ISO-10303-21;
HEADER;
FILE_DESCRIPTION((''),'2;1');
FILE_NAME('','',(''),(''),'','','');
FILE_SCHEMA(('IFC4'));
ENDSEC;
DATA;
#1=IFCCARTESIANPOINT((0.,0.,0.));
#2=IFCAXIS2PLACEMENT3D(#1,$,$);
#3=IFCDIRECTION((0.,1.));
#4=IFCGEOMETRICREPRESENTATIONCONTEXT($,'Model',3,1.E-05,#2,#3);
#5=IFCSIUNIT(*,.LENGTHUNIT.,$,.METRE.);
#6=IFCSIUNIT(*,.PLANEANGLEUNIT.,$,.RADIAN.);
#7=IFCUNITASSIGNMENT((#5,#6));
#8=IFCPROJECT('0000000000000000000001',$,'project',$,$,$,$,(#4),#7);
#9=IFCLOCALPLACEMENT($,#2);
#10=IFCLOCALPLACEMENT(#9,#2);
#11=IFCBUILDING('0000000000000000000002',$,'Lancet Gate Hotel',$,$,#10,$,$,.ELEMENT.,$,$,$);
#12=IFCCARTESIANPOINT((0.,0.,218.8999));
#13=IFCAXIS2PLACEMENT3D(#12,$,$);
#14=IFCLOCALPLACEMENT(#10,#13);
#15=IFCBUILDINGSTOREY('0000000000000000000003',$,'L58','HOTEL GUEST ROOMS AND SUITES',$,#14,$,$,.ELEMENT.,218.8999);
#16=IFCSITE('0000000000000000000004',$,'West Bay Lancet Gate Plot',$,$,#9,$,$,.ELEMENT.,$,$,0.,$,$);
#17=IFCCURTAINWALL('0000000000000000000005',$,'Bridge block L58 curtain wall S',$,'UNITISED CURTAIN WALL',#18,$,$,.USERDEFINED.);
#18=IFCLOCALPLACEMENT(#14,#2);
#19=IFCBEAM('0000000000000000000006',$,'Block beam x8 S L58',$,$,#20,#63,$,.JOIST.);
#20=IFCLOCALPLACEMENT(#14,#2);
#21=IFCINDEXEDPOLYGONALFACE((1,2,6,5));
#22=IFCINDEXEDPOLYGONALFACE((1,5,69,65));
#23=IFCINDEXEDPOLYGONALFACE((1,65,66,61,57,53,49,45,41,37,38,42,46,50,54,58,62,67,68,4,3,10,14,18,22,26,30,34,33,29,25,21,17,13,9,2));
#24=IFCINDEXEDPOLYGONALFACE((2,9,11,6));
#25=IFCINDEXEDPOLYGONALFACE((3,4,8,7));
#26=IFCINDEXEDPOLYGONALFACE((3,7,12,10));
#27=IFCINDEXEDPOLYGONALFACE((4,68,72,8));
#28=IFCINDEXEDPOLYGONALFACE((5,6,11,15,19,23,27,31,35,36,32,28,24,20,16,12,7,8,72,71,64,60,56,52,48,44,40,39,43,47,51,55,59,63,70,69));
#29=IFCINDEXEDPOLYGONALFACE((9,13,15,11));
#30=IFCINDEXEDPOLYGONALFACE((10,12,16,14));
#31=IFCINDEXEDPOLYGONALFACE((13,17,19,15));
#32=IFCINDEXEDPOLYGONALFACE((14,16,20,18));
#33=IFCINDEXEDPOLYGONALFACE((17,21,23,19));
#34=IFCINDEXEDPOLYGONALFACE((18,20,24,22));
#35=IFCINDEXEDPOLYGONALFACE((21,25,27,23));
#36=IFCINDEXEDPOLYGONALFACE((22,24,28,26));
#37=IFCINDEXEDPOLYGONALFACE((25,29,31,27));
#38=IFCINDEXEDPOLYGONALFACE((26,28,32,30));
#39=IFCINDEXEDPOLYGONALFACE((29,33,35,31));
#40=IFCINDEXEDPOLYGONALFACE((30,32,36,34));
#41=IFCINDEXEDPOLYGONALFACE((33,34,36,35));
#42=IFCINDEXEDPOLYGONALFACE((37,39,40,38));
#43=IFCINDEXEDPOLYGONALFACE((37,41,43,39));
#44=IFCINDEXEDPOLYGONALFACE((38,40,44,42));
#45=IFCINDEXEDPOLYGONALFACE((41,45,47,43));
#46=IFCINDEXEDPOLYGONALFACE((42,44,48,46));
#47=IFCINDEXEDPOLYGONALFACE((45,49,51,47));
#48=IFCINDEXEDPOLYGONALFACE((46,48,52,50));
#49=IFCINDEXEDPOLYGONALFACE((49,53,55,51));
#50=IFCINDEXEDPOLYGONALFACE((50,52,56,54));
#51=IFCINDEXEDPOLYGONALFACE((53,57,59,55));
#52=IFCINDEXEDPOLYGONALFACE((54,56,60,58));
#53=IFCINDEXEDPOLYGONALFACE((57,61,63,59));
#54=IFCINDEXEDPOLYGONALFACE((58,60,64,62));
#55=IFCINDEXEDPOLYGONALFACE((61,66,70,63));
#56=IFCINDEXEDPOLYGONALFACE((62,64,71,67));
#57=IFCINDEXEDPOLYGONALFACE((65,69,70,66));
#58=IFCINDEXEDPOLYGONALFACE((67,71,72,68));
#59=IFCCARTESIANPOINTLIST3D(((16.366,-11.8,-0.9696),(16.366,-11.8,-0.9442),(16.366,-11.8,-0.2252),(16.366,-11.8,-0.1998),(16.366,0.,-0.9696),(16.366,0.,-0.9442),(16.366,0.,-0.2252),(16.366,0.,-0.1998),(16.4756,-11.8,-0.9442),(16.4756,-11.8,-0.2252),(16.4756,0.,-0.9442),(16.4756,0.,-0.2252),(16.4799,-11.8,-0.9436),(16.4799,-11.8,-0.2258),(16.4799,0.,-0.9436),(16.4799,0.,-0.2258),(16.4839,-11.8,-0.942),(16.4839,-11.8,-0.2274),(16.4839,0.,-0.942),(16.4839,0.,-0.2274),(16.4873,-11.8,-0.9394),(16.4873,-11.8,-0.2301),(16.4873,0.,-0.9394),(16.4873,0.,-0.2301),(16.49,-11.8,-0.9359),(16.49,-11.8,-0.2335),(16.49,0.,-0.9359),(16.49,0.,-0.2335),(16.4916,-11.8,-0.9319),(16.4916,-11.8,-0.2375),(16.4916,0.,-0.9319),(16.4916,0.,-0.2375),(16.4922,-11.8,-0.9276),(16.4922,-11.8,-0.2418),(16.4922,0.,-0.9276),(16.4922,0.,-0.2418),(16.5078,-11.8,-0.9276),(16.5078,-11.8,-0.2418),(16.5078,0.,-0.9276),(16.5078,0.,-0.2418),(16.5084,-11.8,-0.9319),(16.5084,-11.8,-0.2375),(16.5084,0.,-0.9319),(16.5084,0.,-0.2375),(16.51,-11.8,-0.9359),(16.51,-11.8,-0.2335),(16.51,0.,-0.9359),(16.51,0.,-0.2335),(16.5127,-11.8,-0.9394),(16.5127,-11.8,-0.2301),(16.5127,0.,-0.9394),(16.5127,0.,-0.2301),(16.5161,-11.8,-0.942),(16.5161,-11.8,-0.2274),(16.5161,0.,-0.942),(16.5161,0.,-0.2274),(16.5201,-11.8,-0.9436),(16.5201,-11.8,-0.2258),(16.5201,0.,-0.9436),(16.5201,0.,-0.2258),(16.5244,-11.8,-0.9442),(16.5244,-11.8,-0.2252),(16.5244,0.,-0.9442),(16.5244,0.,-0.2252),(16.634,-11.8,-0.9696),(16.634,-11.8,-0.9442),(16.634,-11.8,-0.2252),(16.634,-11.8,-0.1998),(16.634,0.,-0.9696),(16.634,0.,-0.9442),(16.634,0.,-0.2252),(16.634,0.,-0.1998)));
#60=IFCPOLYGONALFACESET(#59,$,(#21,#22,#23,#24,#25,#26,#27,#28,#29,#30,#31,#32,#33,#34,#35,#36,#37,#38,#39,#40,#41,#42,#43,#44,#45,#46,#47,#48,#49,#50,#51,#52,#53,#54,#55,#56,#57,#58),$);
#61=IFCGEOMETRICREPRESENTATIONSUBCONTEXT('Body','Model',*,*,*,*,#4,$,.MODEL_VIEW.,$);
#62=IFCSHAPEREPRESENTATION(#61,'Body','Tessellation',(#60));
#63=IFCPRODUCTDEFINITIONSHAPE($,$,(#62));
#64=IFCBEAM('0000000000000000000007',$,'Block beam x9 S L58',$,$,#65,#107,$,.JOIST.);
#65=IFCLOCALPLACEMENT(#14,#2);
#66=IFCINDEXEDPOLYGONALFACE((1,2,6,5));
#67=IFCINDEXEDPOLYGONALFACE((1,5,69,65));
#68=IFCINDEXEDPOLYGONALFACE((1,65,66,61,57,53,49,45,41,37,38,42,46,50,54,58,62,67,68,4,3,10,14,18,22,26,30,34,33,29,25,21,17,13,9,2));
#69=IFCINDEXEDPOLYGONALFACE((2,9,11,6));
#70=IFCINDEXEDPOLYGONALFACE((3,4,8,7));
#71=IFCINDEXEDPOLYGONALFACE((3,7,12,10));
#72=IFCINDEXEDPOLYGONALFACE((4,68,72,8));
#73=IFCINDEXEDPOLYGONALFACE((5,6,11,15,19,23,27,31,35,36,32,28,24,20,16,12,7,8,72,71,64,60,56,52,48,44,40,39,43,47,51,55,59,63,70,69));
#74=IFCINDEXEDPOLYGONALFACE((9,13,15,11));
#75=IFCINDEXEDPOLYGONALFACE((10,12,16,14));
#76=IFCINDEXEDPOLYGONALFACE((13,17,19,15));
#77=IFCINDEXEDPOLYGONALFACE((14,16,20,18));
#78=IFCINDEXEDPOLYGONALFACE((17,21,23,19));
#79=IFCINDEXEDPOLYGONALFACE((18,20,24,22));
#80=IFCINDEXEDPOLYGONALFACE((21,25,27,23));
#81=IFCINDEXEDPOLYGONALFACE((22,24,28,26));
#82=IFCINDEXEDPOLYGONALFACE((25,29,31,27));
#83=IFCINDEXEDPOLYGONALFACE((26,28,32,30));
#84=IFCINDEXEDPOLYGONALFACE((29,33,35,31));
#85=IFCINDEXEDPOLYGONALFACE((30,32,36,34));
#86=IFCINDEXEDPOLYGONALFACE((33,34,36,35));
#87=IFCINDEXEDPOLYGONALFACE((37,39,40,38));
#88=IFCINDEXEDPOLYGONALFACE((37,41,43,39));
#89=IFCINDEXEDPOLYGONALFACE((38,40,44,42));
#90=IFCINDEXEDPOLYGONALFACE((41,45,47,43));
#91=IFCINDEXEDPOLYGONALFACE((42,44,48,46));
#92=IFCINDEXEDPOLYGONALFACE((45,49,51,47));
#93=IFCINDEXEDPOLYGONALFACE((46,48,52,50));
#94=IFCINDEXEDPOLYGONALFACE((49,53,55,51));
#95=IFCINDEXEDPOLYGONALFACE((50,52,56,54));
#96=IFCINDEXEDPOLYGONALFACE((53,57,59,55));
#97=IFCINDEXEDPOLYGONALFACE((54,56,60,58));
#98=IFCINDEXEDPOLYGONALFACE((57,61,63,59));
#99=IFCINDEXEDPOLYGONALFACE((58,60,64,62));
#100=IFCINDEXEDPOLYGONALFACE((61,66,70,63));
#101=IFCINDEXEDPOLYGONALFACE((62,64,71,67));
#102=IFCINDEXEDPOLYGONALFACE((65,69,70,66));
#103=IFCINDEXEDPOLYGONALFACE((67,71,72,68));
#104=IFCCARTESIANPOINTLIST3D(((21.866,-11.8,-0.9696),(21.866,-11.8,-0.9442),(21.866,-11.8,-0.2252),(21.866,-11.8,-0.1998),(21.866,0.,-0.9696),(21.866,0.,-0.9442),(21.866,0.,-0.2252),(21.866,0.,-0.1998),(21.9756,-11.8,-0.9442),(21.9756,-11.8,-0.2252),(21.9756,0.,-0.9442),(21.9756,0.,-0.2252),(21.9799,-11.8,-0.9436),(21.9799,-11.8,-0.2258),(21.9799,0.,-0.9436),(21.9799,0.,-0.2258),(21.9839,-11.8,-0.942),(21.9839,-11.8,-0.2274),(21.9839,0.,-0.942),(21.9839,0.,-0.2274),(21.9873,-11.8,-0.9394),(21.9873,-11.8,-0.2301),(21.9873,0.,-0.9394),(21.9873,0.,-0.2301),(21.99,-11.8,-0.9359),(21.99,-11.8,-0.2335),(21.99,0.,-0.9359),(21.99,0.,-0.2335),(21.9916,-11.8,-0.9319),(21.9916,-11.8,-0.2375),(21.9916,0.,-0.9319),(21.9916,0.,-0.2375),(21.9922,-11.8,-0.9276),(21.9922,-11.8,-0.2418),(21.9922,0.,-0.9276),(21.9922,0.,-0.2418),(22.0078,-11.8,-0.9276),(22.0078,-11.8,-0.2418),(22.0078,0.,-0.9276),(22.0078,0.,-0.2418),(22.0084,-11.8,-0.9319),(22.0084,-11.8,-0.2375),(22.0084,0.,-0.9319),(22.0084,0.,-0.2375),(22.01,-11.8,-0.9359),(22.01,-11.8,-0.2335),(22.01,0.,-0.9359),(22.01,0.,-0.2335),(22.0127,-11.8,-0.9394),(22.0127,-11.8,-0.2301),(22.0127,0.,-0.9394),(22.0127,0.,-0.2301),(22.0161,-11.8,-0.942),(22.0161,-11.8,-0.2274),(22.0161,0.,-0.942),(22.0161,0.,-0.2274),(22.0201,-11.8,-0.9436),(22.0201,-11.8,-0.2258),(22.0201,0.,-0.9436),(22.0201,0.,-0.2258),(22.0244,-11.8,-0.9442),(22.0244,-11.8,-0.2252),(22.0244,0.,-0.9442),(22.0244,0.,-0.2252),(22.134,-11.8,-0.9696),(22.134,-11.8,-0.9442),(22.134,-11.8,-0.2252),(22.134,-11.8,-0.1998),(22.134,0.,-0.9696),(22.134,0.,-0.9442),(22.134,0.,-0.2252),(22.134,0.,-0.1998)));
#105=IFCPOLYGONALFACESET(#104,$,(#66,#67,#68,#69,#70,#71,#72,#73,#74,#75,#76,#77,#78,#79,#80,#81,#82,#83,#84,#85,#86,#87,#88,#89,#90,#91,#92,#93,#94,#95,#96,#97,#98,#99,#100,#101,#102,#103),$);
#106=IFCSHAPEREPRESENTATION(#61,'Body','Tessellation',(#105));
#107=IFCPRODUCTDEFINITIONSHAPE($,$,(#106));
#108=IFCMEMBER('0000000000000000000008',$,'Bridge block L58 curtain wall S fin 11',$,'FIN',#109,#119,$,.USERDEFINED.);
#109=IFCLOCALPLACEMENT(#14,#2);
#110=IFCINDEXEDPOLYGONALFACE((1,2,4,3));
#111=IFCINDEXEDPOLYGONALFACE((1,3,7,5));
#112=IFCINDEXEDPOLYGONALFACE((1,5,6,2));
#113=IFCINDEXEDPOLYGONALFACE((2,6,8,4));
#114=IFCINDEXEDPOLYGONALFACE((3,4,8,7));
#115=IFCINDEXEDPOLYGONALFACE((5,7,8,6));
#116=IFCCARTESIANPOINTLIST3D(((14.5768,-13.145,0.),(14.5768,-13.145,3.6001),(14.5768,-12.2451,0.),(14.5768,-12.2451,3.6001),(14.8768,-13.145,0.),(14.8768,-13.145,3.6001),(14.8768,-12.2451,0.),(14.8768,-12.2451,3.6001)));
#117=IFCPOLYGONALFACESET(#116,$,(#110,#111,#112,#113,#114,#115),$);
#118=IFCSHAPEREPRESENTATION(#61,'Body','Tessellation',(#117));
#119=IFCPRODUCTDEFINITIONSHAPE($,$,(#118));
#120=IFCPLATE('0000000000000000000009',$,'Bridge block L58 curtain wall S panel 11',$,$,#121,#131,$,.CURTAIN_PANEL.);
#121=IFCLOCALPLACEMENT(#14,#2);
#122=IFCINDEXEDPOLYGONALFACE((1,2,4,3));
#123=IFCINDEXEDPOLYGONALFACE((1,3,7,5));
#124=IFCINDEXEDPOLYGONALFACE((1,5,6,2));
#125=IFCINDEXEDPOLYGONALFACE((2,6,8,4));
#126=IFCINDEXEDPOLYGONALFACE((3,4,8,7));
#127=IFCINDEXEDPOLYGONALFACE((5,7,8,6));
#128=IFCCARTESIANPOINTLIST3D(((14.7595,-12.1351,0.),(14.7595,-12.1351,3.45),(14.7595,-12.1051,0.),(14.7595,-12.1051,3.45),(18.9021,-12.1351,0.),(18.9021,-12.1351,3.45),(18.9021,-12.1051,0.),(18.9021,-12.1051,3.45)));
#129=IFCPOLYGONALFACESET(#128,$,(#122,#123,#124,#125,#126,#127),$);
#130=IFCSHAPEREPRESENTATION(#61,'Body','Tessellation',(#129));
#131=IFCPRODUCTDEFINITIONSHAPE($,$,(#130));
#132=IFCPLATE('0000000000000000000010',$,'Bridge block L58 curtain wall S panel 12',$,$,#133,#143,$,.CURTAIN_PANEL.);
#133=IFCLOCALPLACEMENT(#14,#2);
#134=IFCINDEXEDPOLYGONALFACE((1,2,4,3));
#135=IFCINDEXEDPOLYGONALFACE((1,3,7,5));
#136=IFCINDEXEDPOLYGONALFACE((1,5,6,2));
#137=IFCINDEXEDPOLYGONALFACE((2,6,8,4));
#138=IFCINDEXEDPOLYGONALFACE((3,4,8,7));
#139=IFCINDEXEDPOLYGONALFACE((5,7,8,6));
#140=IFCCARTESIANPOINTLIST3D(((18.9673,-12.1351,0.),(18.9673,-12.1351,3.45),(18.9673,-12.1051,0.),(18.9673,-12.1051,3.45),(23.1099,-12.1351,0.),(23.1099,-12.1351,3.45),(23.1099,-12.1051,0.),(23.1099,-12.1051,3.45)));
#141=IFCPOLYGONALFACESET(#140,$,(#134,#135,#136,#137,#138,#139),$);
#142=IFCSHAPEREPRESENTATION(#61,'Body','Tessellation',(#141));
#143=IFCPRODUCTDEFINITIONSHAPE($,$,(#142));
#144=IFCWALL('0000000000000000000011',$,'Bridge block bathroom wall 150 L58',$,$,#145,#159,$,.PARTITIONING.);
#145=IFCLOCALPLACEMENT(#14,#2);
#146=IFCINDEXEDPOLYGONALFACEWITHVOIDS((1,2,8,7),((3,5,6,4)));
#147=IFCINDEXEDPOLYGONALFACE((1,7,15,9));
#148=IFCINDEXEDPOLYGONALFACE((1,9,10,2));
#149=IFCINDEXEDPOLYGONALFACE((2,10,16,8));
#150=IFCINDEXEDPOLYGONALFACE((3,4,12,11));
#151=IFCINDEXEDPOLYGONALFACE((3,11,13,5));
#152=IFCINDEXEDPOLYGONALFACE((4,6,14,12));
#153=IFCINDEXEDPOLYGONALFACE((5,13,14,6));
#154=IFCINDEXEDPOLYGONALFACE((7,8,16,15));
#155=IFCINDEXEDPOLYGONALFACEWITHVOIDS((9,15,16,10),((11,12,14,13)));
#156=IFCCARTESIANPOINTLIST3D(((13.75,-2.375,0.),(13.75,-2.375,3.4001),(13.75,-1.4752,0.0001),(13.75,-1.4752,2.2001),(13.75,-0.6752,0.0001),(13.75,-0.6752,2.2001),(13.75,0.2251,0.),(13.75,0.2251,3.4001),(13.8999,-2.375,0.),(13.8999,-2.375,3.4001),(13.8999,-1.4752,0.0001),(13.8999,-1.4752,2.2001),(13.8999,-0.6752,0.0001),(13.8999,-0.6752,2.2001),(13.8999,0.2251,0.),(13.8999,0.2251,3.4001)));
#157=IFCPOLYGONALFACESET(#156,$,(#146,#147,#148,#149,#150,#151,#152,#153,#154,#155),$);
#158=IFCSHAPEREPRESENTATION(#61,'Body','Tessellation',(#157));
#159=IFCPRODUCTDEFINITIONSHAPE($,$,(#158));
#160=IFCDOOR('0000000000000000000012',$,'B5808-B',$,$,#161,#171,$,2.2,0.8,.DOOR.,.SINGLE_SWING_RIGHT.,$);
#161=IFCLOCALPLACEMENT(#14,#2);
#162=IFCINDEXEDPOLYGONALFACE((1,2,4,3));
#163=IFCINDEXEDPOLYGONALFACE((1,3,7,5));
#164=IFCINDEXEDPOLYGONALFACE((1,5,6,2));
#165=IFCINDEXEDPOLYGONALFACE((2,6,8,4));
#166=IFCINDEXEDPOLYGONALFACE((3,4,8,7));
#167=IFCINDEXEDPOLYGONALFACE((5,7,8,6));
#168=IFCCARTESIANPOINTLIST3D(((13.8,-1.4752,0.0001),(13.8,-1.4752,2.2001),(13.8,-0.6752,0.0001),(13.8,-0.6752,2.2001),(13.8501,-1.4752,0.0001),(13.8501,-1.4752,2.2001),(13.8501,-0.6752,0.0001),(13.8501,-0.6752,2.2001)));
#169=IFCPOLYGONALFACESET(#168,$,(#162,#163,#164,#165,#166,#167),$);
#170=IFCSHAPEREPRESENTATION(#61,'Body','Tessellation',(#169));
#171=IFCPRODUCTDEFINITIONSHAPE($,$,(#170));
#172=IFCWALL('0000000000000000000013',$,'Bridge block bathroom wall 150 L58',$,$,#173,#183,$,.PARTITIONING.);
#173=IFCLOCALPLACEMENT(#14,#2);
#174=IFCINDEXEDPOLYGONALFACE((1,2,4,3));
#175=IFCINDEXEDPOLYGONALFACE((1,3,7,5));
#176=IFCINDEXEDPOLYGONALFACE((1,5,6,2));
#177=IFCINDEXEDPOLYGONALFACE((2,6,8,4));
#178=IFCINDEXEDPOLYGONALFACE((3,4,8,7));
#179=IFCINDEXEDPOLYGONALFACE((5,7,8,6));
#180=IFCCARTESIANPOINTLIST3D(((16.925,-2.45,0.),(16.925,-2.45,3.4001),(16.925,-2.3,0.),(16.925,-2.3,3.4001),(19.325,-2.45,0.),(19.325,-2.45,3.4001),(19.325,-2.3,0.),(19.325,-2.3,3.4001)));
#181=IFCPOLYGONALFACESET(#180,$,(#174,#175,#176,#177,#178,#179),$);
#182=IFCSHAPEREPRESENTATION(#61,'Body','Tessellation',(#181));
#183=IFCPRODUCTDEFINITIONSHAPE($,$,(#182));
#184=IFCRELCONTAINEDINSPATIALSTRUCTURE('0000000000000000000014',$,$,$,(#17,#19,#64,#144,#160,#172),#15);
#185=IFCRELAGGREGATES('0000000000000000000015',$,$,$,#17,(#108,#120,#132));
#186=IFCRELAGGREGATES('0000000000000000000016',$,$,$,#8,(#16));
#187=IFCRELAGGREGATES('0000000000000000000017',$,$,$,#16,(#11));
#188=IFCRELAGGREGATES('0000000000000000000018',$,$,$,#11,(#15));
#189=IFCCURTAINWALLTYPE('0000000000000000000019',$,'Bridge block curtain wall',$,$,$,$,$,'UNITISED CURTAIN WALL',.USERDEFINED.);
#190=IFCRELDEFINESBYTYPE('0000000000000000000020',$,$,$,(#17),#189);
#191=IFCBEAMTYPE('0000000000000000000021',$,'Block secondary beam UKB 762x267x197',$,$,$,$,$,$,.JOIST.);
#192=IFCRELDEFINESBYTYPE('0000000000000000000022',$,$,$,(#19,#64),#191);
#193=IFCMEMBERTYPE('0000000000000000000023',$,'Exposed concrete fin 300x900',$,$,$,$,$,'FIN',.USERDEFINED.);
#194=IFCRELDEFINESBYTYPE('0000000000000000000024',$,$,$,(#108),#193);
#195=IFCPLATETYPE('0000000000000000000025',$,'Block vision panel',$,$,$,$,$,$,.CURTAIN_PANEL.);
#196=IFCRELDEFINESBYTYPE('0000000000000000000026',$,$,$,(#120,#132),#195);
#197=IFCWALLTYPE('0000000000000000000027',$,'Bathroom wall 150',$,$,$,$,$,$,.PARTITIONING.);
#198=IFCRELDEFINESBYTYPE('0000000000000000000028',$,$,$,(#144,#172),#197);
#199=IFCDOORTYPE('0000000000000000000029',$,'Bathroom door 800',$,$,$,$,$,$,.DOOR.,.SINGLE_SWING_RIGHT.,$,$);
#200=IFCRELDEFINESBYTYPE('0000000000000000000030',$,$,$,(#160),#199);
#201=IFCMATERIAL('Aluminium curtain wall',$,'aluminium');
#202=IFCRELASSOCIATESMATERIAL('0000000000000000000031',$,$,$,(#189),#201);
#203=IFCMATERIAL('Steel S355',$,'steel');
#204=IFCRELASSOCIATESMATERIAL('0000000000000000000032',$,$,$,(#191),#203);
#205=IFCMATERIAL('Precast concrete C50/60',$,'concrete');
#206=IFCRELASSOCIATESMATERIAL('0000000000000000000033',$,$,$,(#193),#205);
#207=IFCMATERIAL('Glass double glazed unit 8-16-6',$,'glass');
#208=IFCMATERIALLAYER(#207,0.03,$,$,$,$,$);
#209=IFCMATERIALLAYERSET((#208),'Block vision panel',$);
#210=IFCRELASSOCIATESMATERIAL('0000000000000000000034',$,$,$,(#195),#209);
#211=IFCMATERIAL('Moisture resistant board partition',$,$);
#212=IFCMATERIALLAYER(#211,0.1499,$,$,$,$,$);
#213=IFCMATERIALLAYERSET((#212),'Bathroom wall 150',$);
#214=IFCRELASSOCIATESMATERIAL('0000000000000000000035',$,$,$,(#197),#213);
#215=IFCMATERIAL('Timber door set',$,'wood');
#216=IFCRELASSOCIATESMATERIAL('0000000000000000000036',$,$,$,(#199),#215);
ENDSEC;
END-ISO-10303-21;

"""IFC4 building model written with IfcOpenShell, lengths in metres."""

from ifc_helpers import new_model, si_unit, direction, frame, frame_2d, origin, origin_2d, place, context, subcontext, project, spatial, rectangle, i_section, extrude, material, layer, layer_set, material_profile, profile_set, type_object, element, fill, aggregate, save


model = new_model("IFC4")

# Units and contexts
model_context = context("Model", 3, precision=1e-05, world=origin(), true_north=direction((0.0, 1.0)))
body_context = subcontext(model_context, "Body", "Model", "MODEL_VIEW")
ifc_project = project(units=[si_unit("LENGTHUNIT", "METRE"), si_unit("PLANEANGLEUNIT", "RADIAN")], contexts=[model_context])

# Site, building, storey
site_placement = place(None, origin())
site = spatial("IfcSite", under=ifc_project, at=site_placement, Name="West Bay Lancet Gate Plot", CompositionType="ELEMENT", RefElevation=0.0)
building_placement = place(site_placement, origin())
building = spatial("IfcBuilding", under=site, at=building_placement, Name="Lancet Gate Hotel", CompositionType="ELEMENT")
storey_placement = place(building_placement, frame((0.0, 0.0, 218.8999)))
storey = spatial("IfcBuildingStorey", under=building, at=storey_placement, Name="L58", Description="HOTEL GUEST ROOMS AND SUITES", CompositionType="ELEMENT", Elevation=218.8999)

# Curtain wall
ifc_material_1 = material(Name="Aluminium curtain wall", Category="aluminium")
curtain_wall_type = type_object("IfcCurtainWallType", Name="Bridge block curtain wall", ElementType="UNITISED CURTAIN WALL", PredefinedType="USERDEFINED", material=ifc_material_1)
curtain_wall_placement = place(storey_placement, origin())
curtain_wall = element("IfcCurtainWall", 1, at=curtain_wall_placement, inside=storey, type_object=curtain_wall_type, Name="Bridge block L58 curtain wall S", ObjectType="UNITISED CURTAIN WALL", PredefinedType="USERDEFINED")

# Beams
ifc_material_2 = material(Name="Steel S355", Category="steel")
ifc_material_profile_1 = material_profile(ifc_material_2, i_section(OverallWidth=0.2681, OverallDepth=0.7698, WebThickness=0.0156, FlangeThickness=0.0254, FilletRadius=0.0166, at=origin_2d()), Name="UKB 762x267x197")
ifc_profile_set_1 = profile_set([ifc_material_profile_1], Name="Steel S355")
beam_type_1 = type_object("IfcBeamType", Name="Block secondary beam UKB 762x267x197", PredefinedType="JOIST", material=ifc_profile_set_1)
for number, where, z_axis, x_axis, name in (
    (2, (16.5, -11.8, -0.5847), (0.0, 1.0, 0.0), (-1.0, 0.0, 0.0), "Block beam x8 S L58"),
    (3, (22.0, -11.8, -0.5847), (0.0, 1.0, 0.0), (-1.0, 0.0, 0.0), "Block beam x9 S L58"),
):
    element("IfcBeam", number, at=place(storey_placement, frame(where, z_axis=z_axis, x_axis=x_axis)), inside=storey, type_object=beam_type_1, Name=name, PredefinedType="JOIST", context=body_context, shape_type="SweptSolid", body=[
        extrude(i_section(OverallWidth=0.2681, OverallDepth=0.7698, WebThickness=0.0156, FlangeThickness=0.0254, FilletRadius=0.0166, at=origin_2d()), origin(), (0.0, 0.0, 1.0), 11.8),
    ])

# Member
ifc_material_3 = material(Name="Precast concrete C50/60", Category="concrete")
ifc_material_profile_2 = material_profile(ifc_material_3, rectangle(XDim=0.3, YDim=0.8999, at=origin_2d()), Name="FIN 300x900")
ifc_profile_set_2 = profile_set([ifc_material_profile_2], Name="Precast concrete C50/60")
member_type_1 = type_object("IfcMemberType", Name="Exposed concrete fin 300x900", ElementType="FIN", PredefinedType="USERDEFINED", material=ifc_profile_set_2)
member_1_placement = place(storey_placement, frame((14.7268, -12.6951, 0.0), z_axis=(0.0, 0.0, 1.0), x_axis=(1.0, 0.0, 0.0)))
member_1 = element("IfcMember", 4, at=member_1_placement, type_object=member_type_1, Name="Bridge block L58 curtain wall S fin 11", ObjectType="FIN", PredefinedType="USERDEFINED", context=body_context, shape_type="SweptSolid", body=[
    extrude(rectangle(XDim=0.3, YDim=0.8999, at=origin_2d()), origin(), (0.0, 0.0, 1.0), 3.6001),
])

# Plates
ifc_material_4 = material(Name="Glass double glazed unit 8-16-6", Category="glass")
ifc_layer_1 = layer(ifc_material_4, 0.03)
ifc_layer_set_1 = layer_set([ifc_layer_1], Name="Block vision panel")
plate_type = type_object("IfcPlateType", Name="Block vision panel", PredefinedType="CURTAIN_PANEL", material=ifc_layer_set_1)
plate_1_placement = place(storey_placement, frame((16.8308, -12.1201, 0.0), z_axis=(0.0, 0.0, 1.0), x_axis=(1.0, 0.0, 0.0)))
plate_1 = element("IfcPlate", 5, at=plate_1_placement, type_object=plate_type, Name="Bridge block L58 curtain wall S panel 11", PredefinedType="CURTAIN_PANEL", context=body_context, shape_type="SweptSolid", body=[
    extrude(rectangle(XDim=4.1426, YDim=0.03, at=origin_2d()), origin(), (0.0, 0.0, 1.0), 3.45),
])
plate_2_placement = place(storey_placement, frame((21.0386, -12.1201, 0.0), z_axis=(0.0, 0.0, 1.0), x_axis=(1.0, 0.0, 0.0)))
plate_2 = element("IfcPlate", 6, at=plate_2_placement, type_object=plate_type, Name="Bridge block L58 curtain wall S panel 12", PredefinedType="CURTAIN_PANEL", context=body_context, shape_type="SweptSolid", body=[
    extrude(rectangle(XDim=4.1426, YDim=0.03, at=origin_2d()), origin(), (0.0, 0.0, 1.0), 3.45),
])
aggregate(curtain_wall, [member_1, plate_1, plate_2])

# Wall, opening, door
ifc_material_5 = material(Name="Moisture resistant board partition")
ifc_layer_2 = layer(ifc_material_5, 0.1499)
ifc_layer_set_2 = layer_set([ifc_layer_2], Name="Bathroom wall 150")
wall_type_1 = type_object("IfcWallType", Name="Bathroom wall 150", PredefinedType="PARTITIONING", material=ifc_layer_set_2)
wall_1_placement = place(storey_placement, frame((13.825, -2.375, 0.0), z_axis=(0.0, 0.0, 1.0), x_axis=(0.0, 1.0, 0.0)))
wall_1 = element("IfcWall", 7, at=wall_1_placement, inside=storey, type_object=wall_type_1, Name="Bridge block bathroom wall 150 L58", PredefinedType="PARTITIONING", context=body_context, shape_type="SweptSolid", body=[
    extrude(rectangle(XDim=2.6001, YDim=0.1499, at=frame_2d((1.3, 0.0))), origin(), (0.0, 0.0, 1.0), 3.4001),
])
opening_1_placement = place(wall_1_placement, frame((0.8999, 0.0, 0.0)))
opening_1 = element("IfcOpeningElement", 8, at=opening_1_placement, cuts=wall_1, PredefinedType="OPENING", context=body_context, shape_type="SweptSolid", body=[
    extrude(rectangle(XDim=0.8, YDim=2.2, at=frame_2d((0.3999, 1.1001))), frame((0.0, 0.085, 0.0), z_axis=(0.0, -1.0, 0.0), x_axis=(1.0, 0.0, 0.0)), (0.0, 0.0, 1.0), 0.1699),
])
ifc_material_6 = material(Name="Timber door set", Category="wood")
door_type = type_object("IfcDoorType", Name="Bathroom door 800", OperationType="SINGLE_SWING_RIGHT", PredefinedType="DOOR", material=ifc_material_6)
door_1_placement = place(opening_1_placement, origin())
door_1 = element("IfcDoor", 9, at=door_1_placement, inside=storey, type_object=door_type, Name="B5808-B", OperationType="SINGLE_SWING_RIGHT", OverallHeight=2.2, OverallWidth=0.8, PredefinedType="DOOR", context=body_context, shape_type="SweptSolid", body=[
    extrude(rectangle(XDim=0.8, YDim=2.2, at=frame_2d((0.3999, 1.1001))), frame((0.0, 0.0249, 0.0), z_axis=(0.0, -1.0, 0.0), x_axis=(1.0, 0.0, 0.0)), (0.0, 0.0, 1.0), 0.05),
])
fill(opening_1, door_1)

# Wall
wall_2_placement = place(storey_placement, frame((16.925, -2.375, 0.0), z_axis=(0.0, 0.0, 1.0), x_axis=(1.0, 0.0, 0.0)))
element("IfcWall", 10, at=wall_2_placement, inside=storey, type_object=wall_type_1, Name="Bridge block bathroom wall 150 L58", PredefinedType="PARTITIONING", context=body_context, shape_type="SweptSolid", body=[
    extrude(rectangle(XDim=2.3999, YDim=0.1499, at=frame_2d((1.2, 0.0))), origin(), (0.0, 0.0, 1.0), 3.4001),
])

save(model, "model.ifc")
